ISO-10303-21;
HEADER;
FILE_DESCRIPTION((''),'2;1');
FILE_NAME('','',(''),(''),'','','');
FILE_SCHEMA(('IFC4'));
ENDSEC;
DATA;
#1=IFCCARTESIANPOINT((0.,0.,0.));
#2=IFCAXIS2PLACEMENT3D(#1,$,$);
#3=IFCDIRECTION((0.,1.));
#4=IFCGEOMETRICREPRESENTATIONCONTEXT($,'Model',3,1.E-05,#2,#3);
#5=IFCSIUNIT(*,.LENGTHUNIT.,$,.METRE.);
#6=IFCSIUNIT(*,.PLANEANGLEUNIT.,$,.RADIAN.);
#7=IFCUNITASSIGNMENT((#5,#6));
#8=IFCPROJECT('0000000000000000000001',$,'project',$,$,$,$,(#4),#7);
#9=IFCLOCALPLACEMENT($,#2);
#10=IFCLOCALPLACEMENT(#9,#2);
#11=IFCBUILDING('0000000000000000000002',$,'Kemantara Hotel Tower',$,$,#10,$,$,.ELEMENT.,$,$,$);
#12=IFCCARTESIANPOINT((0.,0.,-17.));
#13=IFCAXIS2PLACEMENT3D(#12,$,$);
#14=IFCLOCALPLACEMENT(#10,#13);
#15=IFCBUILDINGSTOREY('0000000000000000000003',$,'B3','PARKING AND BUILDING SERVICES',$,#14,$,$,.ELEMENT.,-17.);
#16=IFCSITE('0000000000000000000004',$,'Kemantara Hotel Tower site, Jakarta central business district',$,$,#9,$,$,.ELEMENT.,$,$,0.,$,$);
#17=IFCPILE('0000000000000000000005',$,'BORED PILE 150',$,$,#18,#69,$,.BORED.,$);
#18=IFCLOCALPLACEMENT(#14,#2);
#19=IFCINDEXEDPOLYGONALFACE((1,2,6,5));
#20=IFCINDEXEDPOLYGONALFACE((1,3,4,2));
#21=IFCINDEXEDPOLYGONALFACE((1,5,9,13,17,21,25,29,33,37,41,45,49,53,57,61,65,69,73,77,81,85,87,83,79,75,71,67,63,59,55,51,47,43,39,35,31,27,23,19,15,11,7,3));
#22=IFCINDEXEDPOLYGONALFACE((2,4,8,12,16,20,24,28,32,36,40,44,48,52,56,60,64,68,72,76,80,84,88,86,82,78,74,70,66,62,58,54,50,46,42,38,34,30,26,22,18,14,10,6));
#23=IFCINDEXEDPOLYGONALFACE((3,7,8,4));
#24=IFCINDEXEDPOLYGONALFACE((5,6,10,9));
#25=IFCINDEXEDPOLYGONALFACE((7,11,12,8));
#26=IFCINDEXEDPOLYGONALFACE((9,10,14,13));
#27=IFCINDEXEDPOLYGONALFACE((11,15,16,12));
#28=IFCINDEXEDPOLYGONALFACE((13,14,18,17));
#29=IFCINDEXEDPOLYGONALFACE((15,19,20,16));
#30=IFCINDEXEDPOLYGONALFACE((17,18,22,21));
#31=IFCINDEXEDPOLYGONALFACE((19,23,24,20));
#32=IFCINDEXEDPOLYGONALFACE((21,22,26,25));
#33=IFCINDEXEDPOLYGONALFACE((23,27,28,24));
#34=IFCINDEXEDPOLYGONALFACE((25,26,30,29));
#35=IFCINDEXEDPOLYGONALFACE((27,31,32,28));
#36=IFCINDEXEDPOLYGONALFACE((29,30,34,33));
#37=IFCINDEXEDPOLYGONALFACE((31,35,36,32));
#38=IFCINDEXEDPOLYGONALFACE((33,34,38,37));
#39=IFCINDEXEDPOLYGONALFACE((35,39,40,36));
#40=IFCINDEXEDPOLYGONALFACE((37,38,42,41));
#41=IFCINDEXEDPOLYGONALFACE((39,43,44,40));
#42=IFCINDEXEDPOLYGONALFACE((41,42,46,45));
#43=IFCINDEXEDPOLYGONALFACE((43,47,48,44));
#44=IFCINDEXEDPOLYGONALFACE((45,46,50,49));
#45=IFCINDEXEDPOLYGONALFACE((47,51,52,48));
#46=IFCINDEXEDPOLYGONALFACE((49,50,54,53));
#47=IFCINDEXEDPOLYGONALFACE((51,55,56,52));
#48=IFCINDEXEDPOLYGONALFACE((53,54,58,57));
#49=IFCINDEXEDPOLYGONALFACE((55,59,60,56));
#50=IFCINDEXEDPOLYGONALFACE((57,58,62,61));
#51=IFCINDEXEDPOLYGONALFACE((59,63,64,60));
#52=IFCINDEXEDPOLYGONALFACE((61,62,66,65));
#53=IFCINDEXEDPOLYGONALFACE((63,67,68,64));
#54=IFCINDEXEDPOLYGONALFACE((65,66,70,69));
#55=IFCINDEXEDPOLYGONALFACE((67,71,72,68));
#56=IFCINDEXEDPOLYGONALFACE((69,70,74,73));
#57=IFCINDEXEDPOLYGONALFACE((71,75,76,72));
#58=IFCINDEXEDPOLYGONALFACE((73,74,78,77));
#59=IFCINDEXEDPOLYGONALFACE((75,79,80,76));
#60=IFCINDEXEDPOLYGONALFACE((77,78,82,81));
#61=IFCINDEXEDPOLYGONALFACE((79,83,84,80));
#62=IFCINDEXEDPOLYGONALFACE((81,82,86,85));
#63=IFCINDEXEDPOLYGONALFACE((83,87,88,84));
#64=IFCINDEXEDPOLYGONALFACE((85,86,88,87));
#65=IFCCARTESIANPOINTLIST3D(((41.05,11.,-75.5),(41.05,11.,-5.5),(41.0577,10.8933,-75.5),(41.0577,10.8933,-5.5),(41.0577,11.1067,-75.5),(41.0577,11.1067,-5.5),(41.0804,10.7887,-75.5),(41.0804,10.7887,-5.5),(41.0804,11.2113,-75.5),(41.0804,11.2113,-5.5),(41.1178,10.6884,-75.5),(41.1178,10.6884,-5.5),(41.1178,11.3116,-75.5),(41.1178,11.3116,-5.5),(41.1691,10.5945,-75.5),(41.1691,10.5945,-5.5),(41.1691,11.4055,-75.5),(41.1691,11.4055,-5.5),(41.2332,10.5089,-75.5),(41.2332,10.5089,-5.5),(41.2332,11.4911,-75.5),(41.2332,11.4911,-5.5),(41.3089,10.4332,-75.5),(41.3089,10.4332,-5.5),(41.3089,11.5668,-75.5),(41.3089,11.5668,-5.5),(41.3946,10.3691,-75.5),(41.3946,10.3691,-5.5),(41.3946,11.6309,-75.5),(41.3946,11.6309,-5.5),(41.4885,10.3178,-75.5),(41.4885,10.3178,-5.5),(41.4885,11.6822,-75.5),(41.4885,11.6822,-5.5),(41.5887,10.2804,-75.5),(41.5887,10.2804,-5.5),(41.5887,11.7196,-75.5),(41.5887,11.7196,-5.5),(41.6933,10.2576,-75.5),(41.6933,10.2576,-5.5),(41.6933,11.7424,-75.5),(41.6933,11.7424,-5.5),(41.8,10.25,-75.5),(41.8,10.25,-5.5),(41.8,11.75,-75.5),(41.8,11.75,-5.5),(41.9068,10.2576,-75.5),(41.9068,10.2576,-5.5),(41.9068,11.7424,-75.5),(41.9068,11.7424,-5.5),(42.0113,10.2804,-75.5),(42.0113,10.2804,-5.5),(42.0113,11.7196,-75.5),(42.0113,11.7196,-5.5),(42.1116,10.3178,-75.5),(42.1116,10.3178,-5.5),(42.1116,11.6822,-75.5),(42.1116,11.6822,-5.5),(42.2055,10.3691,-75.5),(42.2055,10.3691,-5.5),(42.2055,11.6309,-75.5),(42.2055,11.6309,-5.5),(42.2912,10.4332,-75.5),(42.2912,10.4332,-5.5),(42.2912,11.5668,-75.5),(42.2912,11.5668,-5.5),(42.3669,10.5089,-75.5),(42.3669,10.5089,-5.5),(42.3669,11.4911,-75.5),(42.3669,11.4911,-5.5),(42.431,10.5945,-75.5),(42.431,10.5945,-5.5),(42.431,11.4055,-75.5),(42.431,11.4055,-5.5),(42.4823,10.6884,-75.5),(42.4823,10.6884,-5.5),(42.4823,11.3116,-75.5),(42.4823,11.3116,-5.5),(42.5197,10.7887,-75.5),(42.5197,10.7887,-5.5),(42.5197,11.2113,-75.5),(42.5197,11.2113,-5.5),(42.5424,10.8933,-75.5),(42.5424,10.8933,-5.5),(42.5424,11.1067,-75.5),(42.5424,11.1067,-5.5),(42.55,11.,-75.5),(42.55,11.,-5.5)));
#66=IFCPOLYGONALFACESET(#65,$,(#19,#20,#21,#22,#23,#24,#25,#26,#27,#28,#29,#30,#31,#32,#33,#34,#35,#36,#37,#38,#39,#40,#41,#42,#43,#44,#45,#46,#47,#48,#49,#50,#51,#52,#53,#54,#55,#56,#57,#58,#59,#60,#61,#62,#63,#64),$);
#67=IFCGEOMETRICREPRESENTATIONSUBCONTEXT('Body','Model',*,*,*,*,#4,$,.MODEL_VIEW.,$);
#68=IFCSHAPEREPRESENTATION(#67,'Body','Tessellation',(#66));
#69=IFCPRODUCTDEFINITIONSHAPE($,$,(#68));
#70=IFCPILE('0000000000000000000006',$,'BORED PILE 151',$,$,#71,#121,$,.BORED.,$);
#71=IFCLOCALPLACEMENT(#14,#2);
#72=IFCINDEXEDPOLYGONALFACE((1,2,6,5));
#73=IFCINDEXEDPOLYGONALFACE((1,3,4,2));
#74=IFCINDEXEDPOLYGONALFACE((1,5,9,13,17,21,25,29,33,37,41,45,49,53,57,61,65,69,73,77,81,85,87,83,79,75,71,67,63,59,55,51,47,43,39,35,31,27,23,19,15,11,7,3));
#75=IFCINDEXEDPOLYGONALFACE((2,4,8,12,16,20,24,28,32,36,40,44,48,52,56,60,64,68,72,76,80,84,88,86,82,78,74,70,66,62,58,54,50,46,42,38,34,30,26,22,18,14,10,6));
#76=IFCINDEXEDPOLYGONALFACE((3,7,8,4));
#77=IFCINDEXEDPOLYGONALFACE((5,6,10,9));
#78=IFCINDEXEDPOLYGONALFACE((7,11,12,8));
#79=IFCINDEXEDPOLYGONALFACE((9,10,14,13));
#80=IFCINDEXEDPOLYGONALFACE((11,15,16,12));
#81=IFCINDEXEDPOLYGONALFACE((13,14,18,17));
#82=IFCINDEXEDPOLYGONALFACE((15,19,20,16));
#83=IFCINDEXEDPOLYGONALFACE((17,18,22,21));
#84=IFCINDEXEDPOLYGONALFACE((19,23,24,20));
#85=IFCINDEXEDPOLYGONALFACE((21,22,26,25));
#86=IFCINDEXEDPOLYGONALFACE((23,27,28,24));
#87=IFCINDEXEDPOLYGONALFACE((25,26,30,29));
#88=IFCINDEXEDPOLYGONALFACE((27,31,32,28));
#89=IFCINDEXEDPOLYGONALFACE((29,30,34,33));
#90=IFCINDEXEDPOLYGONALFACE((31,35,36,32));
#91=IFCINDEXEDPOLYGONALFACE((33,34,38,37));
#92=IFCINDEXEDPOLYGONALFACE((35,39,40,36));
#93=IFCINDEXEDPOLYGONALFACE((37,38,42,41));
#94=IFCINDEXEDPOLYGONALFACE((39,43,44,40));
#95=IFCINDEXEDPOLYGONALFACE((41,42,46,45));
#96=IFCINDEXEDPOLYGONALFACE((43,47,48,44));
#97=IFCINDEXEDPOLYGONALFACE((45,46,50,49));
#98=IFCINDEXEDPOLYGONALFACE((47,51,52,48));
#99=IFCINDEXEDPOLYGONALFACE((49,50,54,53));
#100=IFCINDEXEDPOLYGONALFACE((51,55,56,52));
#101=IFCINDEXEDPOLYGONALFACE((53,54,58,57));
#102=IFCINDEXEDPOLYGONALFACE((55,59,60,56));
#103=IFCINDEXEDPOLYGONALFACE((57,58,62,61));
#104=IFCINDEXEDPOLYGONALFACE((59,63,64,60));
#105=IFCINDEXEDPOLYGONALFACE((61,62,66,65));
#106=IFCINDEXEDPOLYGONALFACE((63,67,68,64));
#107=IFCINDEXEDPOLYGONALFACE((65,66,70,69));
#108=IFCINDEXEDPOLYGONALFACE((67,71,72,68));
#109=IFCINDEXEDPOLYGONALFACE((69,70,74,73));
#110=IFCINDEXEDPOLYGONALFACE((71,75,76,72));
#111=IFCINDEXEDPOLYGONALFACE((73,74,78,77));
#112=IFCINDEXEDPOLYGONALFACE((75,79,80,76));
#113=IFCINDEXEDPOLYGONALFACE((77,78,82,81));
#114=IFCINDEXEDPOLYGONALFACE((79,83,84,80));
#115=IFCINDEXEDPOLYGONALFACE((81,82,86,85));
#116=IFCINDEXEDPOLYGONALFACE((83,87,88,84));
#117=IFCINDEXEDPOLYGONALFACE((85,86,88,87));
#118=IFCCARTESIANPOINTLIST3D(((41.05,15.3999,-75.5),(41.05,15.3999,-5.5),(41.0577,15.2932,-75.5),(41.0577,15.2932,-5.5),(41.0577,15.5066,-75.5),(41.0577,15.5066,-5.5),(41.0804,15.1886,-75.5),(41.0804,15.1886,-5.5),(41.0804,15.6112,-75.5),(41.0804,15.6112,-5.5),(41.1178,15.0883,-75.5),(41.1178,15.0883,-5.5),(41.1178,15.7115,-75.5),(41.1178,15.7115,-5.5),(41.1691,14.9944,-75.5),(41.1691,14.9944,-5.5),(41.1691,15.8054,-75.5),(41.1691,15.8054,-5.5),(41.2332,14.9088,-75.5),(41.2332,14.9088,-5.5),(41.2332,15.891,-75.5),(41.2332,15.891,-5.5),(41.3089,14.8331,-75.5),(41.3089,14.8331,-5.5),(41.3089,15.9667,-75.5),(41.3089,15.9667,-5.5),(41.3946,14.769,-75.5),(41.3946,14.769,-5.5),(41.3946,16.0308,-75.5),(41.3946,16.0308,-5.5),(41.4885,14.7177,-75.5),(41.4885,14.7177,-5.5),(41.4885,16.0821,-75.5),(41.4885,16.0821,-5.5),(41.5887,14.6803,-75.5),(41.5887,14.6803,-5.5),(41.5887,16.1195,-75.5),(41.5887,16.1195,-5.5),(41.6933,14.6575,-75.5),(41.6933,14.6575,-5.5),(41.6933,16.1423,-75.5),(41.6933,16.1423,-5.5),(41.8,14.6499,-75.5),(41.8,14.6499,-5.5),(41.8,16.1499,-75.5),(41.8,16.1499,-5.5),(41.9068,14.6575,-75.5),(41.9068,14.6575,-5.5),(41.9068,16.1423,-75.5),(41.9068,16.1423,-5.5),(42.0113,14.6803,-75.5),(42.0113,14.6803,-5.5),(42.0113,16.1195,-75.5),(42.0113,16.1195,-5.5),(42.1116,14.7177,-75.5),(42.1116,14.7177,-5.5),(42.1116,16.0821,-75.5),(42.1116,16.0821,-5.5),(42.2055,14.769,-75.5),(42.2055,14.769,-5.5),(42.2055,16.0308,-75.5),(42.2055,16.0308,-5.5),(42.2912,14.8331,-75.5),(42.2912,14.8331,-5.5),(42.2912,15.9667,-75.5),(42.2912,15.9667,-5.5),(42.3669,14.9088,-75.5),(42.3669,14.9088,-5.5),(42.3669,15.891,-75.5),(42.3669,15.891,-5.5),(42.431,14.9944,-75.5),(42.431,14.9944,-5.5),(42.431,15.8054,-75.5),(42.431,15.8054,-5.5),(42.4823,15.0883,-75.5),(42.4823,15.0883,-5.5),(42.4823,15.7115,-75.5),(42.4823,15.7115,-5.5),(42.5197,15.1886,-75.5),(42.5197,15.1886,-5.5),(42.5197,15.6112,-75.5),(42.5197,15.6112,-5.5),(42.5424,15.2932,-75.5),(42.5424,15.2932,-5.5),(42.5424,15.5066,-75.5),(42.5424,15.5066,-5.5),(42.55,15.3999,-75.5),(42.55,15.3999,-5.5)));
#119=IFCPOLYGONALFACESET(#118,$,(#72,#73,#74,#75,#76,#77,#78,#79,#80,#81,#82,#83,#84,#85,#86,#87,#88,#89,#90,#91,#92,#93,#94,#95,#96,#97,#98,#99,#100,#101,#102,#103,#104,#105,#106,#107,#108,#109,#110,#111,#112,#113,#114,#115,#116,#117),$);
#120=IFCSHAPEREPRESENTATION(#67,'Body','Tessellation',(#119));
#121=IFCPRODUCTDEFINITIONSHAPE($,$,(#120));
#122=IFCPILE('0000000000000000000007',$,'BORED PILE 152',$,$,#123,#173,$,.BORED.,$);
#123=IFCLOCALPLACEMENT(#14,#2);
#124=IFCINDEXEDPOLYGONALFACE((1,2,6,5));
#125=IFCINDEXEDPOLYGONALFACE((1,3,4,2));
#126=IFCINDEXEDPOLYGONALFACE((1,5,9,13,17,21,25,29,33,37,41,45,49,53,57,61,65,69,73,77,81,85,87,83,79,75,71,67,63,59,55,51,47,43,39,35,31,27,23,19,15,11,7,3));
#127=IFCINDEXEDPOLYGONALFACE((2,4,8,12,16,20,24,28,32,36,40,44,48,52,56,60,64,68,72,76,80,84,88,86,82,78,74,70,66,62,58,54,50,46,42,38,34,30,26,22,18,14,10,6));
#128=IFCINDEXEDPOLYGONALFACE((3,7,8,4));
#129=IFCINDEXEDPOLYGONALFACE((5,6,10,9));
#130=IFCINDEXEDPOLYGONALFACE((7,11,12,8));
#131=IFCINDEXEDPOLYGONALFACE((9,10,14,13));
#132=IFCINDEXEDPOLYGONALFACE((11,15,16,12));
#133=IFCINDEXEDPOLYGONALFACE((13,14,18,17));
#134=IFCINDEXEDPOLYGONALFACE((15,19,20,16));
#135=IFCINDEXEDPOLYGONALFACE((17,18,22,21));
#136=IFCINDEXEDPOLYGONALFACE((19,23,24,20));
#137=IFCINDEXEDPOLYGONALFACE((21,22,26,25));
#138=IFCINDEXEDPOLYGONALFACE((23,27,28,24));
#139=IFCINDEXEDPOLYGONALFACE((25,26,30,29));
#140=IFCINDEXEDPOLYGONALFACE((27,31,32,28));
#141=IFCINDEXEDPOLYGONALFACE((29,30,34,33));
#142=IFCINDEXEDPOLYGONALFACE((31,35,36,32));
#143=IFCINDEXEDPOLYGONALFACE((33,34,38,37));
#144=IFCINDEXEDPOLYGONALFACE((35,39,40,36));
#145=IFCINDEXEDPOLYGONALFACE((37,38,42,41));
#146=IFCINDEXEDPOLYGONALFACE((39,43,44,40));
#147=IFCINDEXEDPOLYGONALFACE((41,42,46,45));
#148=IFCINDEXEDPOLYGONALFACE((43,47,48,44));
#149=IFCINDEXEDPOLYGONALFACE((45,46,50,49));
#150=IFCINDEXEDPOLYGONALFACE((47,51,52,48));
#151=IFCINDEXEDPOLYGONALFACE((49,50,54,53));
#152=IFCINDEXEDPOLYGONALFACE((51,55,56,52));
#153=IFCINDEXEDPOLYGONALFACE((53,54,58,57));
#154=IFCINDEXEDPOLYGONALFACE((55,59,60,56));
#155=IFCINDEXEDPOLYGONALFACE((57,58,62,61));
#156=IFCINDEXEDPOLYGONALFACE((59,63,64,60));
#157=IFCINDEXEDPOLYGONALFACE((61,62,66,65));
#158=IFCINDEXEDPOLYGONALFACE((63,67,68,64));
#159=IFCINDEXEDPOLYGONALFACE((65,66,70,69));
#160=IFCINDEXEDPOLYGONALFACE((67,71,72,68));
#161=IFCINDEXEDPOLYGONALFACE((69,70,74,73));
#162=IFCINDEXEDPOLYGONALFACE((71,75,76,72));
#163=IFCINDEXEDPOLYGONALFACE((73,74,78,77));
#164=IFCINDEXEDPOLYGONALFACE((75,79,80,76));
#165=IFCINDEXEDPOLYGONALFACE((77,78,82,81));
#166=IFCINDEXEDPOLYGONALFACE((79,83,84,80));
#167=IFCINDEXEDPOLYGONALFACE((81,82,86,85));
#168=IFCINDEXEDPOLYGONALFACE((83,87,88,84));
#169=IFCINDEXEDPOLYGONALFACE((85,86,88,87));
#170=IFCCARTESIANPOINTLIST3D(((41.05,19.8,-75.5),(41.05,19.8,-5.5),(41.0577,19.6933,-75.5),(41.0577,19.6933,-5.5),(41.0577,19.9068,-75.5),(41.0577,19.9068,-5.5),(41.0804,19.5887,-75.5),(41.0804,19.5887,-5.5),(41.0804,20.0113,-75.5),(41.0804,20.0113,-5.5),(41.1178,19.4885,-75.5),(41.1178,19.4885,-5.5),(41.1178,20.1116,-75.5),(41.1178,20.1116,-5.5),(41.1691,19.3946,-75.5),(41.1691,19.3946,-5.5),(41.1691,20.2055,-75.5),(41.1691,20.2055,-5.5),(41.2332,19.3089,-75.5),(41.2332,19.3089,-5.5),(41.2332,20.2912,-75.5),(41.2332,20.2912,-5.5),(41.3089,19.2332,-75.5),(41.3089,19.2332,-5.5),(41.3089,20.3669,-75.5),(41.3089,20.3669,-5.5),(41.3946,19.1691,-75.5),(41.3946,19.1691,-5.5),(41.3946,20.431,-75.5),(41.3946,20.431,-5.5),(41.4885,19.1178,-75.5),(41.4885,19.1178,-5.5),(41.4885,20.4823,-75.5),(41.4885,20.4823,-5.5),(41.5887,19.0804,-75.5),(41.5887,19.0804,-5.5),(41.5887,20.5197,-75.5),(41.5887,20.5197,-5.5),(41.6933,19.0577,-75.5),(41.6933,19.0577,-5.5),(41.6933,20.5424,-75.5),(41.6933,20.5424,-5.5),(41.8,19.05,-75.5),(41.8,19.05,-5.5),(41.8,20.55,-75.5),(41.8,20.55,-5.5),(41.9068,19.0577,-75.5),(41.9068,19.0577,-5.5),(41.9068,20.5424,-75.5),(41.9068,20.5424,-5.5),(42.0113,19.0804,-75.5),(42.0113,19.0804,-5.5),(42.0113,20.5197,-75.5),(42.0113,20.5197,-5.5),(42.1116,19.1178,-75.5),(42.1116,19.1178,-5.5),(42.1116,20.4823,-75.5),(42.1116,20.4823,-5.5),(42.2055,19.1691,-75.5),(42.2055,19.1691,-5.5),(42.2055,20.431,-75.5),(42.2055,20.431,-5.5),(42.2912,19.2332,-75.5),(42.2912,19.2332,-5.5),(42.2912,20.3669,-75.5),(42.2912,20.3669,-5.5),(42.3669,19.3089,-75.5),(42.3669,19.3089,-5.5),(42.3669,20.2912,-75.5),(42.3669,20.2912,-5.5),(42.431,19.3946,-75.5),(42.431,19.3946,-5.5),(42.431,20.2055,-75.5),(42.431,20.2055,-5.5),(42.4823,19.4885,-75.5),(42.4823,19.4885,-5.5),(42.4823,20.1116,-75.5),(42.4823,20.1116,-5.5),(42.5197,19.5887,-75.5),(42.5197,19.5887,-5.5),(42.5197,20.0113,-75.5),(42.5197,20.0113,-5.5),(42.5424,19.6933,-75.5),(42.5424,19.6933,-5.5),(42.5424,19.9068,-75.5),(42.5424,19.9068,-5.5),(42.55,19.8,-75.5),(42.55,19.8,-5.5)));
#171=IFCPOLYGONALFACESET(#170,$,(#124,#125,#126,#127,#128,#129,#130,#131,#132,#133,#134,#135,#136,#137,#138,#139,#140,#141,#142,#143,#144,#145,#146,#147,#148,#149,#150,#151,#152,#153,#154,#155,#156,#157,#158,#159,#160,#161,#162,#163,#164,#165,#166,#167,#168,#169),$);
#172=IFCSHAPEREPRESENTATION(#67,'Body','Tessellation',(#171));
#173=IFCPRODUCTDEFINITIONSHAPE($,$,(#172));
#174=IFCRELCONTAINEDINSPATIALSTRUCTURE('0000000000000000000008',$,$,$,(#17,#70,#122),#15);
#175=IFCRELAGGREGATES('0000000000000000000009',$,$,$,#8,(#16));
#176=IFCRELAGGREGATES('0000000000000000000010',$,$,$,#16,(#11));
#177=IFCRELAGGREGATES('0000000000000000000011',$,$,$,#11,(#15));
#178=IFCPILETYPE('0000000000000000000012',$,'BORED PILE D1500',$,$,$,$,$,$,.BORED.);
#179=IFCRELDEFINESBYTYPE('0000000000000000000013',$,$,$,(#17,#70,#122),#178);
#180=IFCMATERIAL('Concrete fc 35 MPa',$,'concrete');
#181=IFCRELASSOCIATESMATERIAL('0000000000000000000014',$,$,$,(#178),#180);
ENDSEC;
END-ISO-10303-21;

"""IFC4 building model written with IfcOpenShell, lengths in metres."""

from ifc_helpers import new_model, si_unit, direction, frame, origin, origin_2d, place, context, subcontext, project, spatial, circle, extrude, material, material_profile, profile_set, type_object, element, save


model = new_model("IFC4")

# Units and contexts
model_context = context("Model", 3, precision=1e-05, world=origin(), true_north=direction((0.0, 1.0)))
body_context = subcontext(model_context, "Body", "Model", "MODEL_VIEW")
ifc_project = project(units=[si_unit("LENGTHUNIT", "METRE"), si_unit("PLANEANGLEUNIT", "RADIAN")], contexts=[model_context])

# Site, building, storey
site_placement = place(None, origin())
site = spatial("IfcSite", under=ifc_project, at=site_placement, Name="Kemantara Hotel Tower site, Jakarta central business district", CompositionType="ELEMENT", RefElevation=0.0)
building_placement = place(site_placement, origin())
building = spatial("IfcBuilding", under=site, at=building_placement, Name="Kemantara Hotel Tower", CompositionType="ELEMENT")
storey_placement = place(building_placement, frame((0.0, 0.0, -17.0)))
storey = spatial("IfcBuildingStorey", under=building, at=storey_placement, Name="B3", Description="PARKING AND BUILDING SERVICES", CompositionType="ELEMENT", Elevation=-17.0)

# Piles
ifc_material_1 = material(Name="Concrete fc 35 MPa", Category="concrete")
ifc_material_profile_1 = material_profile(ifc_material_1, circle(Radius=0.75, at=origin_2d()), Name="BORED PILE D1500")
ifc_profile_set_1 = profile_set([ifc_material_profile_1], Name="Concrete fc 35 MPa")
pile_type = type_object("IfcPileType", Name="BORED PILE D1500", PredefinedType="BORED", material=ifc_profile_set_1)
for number, where, z_axis, x_axis, name in (
    (1, (41.8, 11.0, -5.5), (0.0, 0.0, -1.0), (1.0, 0.0, 0.0), "BORED PILE 150"),
    (2, (41.8, 15.3999, -5.5), (0.0, 0.0, -1.0), (1.0, 0.0, 0.0), "BORED PILE 151"),
    (3, (41.8, 19.8, -5.5), (0.0, 0.0, -1.0), (1.0, 0.0, 0.0), "BORED PILE 152"),
):
    element("IfcPile", number, at=place(storey_placement, frame(where, z_axis=z_axis, x_axis=x_axis)), inside=storey, type_object=pile_type, Name=name, PredefinedType="BORED", context=body_context, shape_type="SweptSolid", body=[
        extrude(circle(Radius=0.75, at=origin_2d()), origin(), (0.0, 0.0, 1.0), 70.0),
    ])

save(model, "model.ifc")
